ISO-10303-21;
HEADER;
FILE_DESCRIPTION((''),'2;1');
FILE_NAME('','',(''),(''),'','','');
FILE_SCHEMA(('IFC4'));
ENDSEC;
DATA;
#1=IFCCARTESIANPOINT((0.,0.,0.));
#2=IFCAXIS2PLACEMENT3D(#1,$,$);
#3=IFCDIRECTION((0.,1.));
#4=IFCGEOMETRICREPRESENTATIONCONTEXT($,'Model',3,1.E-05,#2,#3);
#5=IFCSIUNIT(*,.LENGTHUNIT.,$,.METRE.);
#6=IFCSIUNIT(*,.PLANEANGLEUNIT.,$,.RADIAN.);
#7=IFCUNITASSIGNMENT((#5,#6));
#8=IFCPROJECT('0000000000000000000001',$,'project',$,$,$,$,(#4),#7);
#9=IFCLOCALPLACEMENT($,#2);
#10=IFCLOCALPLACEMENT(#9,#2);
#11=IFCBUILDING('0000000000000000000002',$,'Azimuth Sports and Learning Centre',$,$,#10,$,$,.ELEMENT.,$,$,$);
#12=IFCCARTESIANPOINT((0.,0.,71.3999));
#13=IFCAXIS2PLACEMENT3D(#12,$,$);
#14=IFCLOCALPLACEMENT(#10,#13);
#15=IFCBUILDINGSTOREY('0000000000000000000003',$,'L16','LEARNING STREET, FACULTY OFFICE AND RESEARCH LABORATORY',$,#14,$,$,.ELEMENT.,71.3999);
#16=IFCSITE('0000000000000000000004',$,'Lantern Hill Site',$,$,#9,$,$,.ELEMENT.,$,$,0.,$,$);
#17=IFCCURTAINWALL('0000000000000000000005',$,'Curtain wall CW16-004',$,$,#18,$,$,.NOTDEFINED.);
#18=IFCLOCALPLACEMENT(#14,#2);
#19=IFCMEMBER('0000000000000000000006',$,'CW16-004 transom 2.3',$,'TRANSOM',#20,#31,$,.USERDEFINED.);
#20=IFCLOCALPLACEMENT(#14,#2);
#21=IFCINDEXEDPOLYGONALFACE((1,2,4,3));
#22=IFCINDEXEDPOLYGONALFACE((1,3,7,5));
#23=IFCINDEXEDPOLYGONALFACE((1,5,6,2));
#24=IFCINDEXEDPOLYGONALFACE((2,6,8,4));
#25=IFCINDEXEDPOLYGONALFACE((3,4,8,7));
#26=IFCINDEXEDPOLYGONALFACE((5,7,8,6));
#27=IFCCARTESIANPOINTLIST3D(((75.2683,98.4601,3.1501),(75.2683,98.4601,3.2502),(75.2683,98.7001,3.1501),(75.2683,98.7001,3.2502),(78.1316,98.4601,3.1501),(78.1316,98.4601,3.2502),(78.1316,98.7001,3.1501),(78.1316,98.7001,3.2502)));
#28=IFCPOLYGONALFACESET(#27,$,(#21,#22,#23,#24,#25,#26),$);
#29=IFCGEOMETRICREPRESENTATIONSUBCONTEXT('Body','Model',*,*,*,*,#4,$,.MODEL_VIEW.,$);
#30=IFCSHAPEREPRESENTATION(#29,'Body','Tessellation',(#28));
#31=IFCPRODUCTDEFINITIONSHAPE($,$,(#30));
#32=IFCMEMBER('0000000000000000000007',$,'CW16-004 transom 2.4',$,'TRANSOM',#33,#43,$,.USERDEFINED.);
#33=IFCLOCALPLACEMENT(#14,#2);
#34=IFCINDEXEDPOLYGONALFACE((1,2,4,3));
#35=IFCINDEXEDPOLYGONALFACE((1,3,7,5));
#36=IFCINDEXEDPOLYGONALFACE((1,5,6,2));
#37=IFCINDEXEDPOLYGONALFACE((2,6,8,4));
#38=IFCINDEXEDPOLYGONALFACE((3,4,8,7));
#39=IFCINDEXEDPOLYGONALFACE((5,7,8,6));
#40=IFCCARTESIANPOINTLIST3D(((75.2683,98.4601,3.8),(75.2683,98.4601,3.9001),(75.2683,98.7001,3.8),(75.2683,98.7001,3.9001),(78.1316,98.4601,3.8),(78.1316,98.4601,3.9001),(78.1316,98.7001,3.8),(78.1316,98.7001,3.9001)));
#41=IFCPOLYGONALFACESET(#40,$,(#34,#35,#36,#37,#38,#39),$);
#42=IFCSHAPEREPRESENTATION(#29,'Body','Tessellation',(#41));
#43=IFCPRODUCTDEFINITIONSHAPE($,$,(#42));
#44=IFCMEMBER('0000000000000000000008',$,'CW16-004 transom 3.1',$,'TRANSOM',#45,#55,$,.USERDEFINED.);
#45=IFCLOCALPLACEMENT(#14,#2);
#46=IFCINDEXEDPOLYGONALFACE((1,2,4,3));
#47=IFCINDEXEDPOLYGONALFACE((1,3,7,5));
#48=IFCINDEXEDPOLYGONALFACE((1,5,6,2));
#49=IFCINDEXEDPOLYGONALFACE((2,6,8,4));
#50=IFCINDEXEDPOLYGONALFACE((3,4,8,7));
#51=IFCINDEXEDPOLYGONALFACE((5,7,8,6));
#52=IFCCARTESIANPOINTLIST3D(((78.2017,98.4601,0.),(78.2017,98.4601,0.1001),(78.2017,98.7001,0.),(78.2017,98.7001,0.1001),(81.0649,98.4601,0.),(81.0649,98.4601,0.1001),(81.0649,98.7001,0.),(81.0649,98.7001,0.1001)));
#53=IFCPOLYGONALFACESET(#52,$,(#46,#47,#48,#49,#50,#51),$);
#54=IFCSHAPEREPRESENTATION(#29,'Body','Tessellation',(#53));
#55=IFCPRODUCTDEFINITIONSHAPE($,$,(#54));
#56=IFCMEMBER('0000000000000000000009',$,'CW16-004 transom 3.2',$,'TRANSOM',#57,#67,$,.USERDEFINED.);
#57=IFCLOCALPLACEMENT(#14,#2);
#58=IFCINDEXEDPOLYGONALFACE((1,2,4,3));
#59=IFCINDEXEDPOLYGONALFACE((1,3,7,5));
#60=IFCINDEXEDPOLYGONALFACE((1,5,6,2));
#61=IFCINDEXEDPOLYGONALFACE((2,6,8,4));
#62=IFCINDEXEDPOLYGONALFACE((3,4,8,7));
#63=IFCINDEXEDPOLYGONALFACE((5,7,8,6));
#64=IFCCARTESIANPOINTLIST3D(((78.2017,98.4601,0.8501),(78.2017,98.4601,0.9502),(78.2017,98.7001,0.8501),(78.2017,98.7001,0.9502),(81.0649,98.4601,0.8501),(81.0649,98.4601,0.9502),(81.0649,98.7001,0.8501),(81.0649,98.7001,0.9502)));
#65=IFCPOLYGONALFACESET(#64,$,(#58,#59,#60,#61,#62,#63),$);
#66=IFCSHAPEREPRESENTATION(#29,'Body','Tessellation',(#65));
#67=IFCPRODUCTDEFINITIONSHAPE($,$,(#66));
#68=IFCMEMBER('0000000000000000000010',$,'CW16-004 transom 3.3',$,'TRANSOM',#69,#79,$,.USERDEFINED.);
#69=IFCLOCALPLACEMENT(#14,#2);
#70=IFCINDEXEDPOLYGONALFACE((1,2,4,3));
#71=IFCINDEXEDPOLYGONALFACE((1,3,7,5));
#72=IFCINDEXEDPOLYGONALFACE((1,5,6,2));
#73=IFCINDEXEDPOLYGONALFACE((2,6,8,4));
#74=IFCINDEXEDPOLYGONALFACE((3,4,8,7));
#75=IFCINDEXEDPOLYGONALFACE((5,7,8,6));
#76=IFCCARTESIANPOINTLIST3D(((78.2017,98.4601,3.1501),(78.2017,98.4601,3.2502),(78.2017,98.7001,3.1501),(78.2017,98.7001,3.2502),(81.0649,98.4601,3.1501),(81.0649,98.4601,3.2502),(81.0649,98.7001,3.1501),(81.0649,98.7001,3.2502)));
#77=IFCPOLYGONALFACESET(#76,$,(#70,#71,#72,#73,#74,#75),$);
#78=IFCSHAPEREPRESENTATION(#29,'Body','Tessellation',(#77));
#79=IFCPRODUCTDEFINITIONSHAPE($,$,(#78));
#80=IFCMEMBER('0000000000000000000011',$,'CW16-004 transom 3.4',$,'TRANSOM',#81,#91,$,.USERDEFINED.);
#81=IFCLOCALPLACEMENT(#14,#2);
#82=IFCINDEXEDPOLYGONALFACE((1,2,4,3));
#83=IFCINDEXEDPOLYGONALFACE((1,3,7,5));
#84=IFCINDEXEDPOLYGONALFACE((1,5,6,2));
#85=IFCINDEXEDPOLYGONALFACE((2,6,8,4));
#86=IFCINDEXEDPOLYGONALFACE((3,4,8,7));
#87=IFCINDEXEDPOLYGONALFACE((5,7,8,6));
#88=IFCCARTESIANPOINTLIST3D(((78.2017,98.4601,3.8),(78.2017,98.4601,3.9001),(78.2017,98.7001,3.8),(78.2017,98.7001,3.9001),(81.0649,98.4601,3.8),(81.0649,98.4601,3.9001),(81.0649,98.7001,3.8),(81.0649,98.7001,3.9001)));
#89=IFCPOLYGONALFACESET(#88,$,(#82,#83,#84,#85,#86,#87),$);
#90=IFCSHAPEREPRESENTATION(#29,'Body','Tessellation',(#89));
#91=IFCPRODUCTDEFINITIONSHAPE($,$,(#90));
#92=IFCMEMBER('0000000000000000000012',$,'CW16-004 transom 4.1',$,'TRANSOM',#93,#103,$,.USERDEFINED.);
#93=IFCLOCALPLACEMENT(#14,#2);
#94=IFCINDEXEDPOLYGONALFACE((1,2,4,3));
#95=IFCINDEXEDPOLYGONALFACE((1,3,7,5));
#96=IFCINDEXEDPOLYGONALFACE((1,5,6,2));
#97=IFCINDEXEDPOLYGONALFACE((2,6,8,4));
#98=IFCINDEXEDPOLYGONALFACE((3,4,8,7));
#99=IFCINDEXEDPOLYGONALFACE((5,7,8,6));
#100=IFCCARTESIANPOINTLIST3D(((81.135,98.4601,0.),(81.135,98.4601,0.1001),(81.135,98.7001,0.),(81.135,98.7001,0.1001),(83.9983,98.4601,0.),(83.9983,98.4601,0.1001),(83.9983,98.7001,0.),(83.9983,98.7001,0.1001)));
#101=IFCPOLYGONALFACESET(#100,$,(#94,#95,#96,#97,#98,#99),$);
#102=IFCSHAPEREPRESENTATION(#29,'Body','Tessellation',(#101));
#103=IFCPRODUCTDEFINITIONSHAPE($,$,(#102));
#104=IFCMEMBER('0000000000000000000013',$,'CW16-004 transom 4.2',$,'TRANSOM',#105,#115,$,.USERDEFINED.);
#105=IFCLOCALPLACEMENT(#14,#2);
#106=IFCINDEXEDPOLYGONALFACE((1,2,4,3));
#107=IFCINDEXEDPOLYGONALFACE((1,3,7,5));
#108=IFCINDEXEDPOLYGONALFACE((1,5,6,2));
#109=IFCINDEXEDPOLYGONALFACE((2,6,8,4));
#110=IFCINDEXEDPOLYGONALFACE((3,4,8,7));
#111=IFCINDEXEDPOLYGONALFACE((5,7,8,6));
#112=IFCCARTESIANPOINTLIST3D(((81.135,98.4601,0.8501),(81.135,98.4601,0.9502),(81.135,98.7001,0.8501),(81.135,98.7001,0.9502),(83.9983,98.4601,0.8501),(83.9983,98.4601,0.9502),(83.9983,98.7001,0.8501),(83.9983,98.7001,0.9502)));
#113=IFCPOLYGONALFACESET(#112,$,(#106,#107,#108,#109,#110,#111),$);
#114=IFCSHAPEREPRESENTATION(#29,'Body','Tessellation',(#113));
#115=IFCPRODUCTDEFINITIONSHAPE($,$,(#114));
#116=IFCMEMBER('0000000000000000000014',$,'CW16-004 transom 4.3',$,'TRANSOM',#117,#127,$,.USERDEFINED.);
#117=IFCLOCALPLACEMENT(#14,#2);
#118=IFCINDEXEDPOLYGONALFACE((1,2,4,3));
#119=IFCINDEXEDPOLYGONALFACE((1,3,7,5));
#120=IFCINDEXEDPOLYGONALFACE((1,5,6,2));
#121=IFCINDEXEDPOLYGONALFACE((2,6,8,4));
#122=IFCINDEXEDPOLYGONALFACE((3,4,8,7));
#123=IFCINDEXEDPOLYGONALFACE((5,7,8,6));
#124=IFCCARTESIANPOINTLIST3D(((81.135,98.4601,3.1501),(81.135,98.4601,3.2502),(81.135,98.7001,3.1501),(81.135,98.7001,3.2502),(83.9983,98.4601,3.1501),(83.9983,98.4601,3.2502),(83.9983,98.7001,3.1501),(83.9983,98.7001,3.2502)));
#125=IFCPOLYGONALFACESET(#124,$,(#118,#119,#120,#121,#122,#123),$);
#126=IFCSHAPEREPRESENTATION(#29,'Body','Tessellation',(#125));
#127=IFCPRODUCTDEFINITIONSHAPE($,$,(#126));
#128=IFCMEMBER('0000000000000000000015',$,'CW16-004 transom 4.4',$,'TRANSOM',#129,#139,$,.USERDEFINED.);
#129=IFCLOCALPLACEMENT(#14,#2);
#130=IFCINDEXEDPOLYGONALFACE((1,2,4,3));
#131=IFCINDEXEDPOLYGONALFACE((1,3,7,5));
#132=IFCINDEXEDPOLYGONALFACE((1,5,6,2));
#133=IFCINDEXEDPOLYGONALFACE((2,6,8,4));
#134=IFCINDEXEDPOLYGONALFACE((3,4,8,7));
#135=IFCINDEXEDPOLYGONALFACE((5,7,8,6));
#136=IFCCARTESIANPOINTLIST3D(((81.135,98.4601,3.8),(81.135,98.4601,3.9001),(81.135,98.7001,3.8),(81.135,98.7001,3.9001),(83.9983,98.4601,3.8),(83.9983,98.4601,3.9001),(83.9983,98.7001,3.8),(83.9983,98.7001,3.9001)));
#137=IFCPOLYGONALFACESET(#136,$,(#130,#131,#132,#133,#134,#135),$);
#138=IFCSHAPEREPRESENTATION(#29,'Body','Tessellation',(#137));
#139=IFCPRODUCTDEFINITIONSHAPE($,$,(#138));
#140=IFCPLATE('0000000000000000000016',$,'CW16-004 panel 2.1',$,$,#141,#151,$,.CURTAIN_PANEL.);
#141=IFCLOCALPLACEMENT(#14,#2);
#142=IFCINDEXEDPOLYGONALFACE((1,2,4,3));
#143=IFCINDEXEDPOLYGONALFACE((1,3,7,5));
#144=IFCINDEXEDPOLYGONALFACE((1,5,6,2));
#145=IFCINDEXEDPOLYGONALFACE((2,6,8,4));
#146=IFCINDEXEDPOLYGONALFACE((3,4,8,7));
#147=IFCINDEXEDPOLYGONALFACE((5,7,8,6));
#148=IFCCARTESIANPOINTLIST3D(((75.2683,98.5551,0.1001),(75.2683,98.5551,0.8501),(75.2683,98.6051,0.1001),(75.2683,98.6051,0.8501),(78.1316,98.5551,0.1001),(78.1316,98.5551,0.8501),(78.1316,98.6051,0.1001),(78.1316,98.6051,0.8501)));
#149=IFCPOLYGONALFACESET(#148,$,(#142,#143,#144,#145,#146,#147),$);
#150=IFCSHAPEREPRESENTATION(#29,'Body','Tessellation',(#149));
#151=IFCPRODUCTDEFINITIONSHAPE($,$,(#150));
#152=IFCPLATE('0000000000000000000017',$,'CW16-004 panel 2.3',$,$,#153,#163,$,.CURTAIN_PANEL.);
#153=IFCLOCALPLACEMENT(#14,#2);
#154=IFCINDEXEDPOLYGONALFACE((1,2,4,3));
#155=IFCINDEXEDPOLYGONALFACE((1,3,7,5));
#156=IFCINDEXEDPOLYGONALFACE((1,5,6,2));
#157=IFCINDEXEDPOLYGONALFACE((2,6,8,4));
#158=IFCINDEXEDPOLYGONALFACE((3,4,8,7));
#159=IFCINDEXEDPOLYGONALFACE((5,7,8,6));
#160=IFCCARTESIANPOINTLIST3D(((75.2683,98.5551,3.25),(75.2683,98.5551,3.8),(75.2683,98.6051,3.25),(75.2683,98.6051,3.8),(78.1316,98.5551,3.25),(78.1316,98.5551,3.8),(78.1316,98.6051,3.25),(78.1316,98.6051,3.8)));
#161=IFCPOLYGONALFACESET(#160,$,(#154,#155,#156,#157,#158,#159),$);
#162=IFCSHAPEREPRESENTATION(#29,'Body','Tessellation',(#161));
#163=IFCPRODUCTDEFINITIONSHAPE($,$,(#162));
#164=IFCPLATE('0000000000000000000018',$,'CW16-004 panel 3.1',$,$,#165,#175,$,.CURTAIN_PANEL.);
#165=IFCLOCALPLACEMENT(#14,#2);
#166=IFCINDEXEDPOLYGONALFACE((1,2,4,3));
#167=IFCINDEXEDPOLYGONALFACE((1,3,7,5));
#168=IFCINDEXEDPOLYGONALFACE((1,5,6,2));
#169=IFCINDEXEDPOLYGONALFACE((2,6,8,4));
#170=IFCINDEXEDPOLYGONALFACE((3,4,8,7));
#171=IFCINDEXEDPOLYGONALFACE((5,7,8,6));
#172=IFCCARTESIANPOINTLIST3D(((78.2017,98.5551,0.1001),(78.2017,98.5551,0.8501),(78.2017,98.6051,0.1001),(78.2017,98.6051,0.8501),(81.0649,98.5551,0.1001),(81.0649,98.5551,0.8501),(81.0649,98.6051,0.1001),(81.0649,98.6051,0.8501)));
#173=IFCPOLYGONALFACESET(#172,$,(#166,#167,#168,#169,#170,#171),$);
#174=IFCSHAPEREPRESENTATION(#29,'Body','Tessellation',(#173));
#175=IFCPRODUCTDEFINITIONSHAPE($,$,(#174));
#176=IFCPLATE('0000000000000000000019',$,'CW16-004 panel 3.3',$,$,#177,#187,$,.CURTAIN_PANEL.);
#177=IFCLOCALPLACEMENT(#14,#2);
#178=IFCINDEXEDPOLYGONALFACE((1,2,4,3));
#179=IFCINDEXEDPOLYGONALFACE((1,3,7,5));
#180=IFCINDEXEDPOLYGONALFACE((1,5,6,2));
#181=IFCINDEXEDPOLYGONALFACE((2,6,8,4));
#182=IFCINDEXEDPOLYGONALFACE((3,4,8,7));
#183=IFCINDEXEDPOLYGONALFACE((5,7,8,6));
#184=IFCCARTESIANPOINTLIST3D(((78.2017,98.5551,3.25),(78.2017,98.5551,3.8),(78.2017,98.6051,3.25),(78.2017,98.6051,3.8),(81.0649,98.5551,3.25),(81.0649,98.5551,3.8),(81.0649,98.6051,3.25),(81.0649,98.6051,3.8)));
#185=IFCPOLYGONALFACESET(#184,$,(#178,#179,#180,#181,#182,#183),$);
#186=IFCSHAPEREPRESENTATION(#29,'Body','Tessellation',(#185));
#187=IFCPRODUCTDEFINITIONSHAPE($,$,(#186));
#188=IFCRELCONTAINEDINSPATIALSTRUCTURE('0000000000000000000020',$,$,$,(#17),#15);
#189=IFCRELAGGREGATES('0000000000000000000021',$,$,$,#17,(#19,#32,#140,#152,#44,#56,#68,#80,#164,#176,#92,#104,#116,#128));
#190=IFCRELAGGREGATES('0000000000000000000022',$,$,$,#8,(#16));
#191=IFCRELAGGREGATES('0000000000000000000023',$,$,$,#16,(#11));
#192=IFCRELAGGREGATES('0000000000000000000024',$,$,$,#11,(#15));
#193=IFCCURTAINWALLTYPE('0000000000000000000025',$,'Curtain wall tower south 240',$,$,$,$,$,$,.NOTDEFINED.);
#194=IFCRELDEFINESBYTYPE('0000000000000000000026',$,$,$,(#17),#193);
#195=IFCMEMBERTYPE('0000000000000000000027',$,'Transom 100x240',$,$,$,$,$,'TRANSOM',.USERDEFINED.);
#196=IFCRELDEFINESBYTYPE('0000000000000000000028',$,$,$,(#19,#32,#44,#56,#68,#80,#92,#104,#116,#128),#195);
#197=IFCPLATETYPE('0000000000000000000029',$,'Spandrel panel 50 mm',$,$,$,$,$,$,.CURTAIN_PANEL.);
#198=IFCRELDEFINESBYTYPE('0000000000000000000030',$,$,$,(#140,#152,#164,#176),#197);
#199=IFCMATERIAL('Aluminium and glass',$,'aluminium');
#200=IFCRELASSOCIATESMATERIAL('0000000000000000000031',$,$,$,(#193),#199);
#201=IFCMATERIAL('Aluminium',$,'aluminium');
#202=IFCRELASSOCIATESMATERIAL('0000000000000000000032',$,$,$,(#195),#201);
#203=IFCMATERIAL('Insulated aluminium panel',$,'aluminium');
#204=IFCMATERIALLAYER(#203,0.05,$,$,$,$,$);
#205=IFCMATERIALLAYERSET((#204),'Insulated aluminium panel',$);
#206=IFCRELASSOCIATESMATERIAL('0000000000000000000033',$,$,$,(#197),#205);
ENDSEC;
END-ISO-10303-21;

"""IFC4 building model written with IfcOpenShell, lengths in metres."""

from ifc_helpers import new_model, si_unit, direction, frame, origin, origin_2d, place, context, subcontext, project, spatial, rectangle, extrude, material, layer, layer_set, material_profile, profile_set, type_object, element, aggregate, save


model = new_model("IFC4")

# Units and contexts
model_context = context("Model", 3, precision=1e-05, world=origin(), true_north=direction((0.0, 1.0)))
body_context = subcontext(model_context, "Body", "Model", "MODEL_VIEW")
ifc_project = project(units=[si_unit("LENGTHUNIT", "METRE"), si_unit("PLANEANGLEUNIT", "RADIAN")], contexts=[model_context])

# Site, building, storey
site_placement = place(None, origin())
site = spatial("IfcSite", under=ifc_project, at=site_placement, Name="Lantern Hill Site", CompositionType="ELEMENT", RefElevation=0.0)
building_placement = place(site_placement, origin())
building = spatial("IfcBuilding", under=site, at=building_placement, Name="Azimuth Sports and Learning Centre", CompositionType="ELEMENT")
storey_placement = place(building_placement, frame((0.0, 0.0, 71.3999)))
storey = spatial("IfcBuildingStorey", under=building, at=storey_placement, Name="L16", Description="LEARNING STREET, FACULTY OFFICE AND RESEARCH LABORATORY", CompositionType="ELEMENT", Elevation=71.3999)

# Curtain wall, members, plates
ifc_material_1 = material(Name="Aluminium and glass", Category="aluminium")
curtain_wall_type = type_object("IfcCurtainWallType", Name="Curtain wall tower south 240", PredefinedType="NOTDEFINED", material=ifc_material_1)
curtain_wall_placement = place(storey_placement, origin())
curtain_wall = element("IfcCurtainWall", 1, at=curtain_wall_placement, inside=storey, type_object=curtain_wall_type, Name="Curtain wall CW16-004", PredefinedType="NOTDEFINED")
ifc_material_2 = material(Name="Aluminium", Category="aluminium")
ifc_material_profile_1 = material_profile(ifc_material_2, rectangle(XDim=0.24, YDim=0.1001, at=origin_2d()), Name="Transom 100x240")
ifc_profile_set_1 = profile_set([ifc_material_profile_1], Name="Aluminium")
member_type_1 = type_object("IfcMemberType", Name="Transom 100x240", ElementType="TRANSOM", PredefinedType="USERDEFINED", material=ifc_profile_set_1)
member_1_placement = place(storey_placement, frame((75.2683, 98.5801, 3.2002), z_axis=(1.0, 0.0, 0.0), x_axis=(0.0, 1.0, 0.0)))
member_1 = element("IfcMember", 2, at=member_1_placement, type_object=member_type_1, Name="CW16-004 transom 2.3", ObjectType="TRANSOM", PredefinedType="USERDEFINED", context=body_context, shape_type="SweptSolid", body=[
    extrude(rectangle(XDim=0.24, YDim=0.1001, at=origin_2d()), origin(), (0.0, 0.0, 1.0), 2.8633),
])
member_2_placement = place(storey_placement, frame((75.2683, 98.5801, 3.8501), z_axis=(1.0, 0.0, 0.0), x_axis=(0.0, 1.0, 0.0)))
member_2 = element("IfcMember", 3, at=member_2_placement, type_object=member_type_1, Name="CW16-004 transom 2.4", ObjectType="TRANSOM", PredefinedType="USERDEFINED", context=body_context, shape_type="SweptSolid", body=[
    extrude(rectangle(XDim=0.24, YDim=0.1001, at=origin_2d()), origin(), (0.0, 0.0, 1.0), 2.8633),
])
member_3_placement = place(storey_placement, frame((78.2017, 98.5801, 0.05), z_axis=(1.0, 0.0, 0.0), x_axis=(0.0, 1.0, 0.0)))
member_3 = element("IfcMember", 4, at=member_3_placement, type_object=member_type_1, Name="CW16-004 transom 3.1", ObjectType="TRANSOM", PredefinedType="USERDEFINED", context=body_context, shape_type="SweptSolid", body=[
    extrude(rectangle(XDim=0.24, YDim=0.1001, at=origin_2d()), origin(), (0.0, 0.0, 1.0), 2.8633),
])
member_4_placement = place(storey_placement, frame((78.2017, 98.5801, 0.9001), z_axis=(1.0, 0.0, 0.0), x_axis=(0.0, 1.0, 0.0)))
member_4 = element("IfcMember", 5, at=member_4_placement, type_object=member_type_1, Name="CW16-004 transom 3.2", ObjectType="TRANSOM", PredefinedType="USERDEFINED", context=body_context, shape_type="SweptSolid", body=[
    extrude(rectangle(XDim=0.24, YDim=0.1001, at=origin_2d()), origin(), (0.0, 0.0, 1.0), 2.8633),
])
member_5_placement = place(storey_placement, frame((78.2017, 98.5801, 3.2002), z_axis=(1.0, 0.0, 0.0), x_axis=(0.0, 1.0, 0.0)))
member_5 = element("IfcMember", 6, at=member_5_placement, type_object=member_type_1, Name="CW16-004 transom 3.3", ObjectType="TRANSOM", PredefinedType="USERDEFINED", context=body_context, shape_type="SweptSolid", body=[
    extrude(rectangle(XDim=0.24, YDim=0.1001, at=origin_2d()), origin(), (0.0, 0.0, 1.0), 2.8633),
])
member_6_placement = place(storey_placement, frame((78.2017, 98.5801, 3.8501), z_axis=(1.0, 0.0, 0.0), x_axis=(0.0, 1.0, 0.0)))
member_6 = element("IfcMember", 7, at=member_6_placement, type_object=member_type_1, Name="CW16-004 transom 3.4", ObjectType="TRANSOM", PredefinedType="USERDEFINED", context=body_context, shape_type="SweptSolid", body=[
    extrude(rectangle(XDim=0.24, YDim=0.1001, at=origin_2d()), origin(), (0.0, 0.0, 1.0), 2.8633),
])
member_7_placement = place(storey_placement, frame((81.135, 98.5801, 0.05), z_axis=(1.0, 0.0, 0.0), x_axis=(0.0, 1.0, 0.0)))
member_7 = element("IfcMember", 8, at=member_7_placement, type_object=member_type_1, Name="CW16-004 transom 4.1", ObjectType="TRANSOM", PredefinedType="USERDEFINED", context=body_context, shape_type="SweptSolid", body=[
    extrude(rectangle(XDim=0.24, YDim=0.1001, at=origin_2d()), origin(), (0.0, 0.0, 1.0), 2.8633),
])
member_8_placement = place(storey_placement, frame((81.135, 98.5801, 0.9001), z_axis=(1.0, 0.0, 0.0), x_axis=(0.0, 1.0, 0.0)))
member_8 = element("IfcMember", 9, at=member_8_placement, type_object=member_type_1, Name="CW16-004 transom 4.2", ObjectType="TRANSOM", PredefinedType="USERDEFINED", context=body_context, shape_type="SweptSolid", body=[
    extrude(rectangle(XDim=0.24, YDim=0.1001, at=origin_2d()), origin(), (0.0, 0.0, 1.0), 2.8633),
])
member_9_placement = place(storey_placement, frame((81.135, 98.5801, 3.2002), z_axis=(1.0, 0.0, 0.0), x_axis=(0.0, 1.0, 0.0)))
member_9 = element("IfcMember", 10, at=member_9_placement, type_object=member_type_1, Name="CW16-004 transom 4.3", ObjectType="TRANSOM", PredefinedType="USERDEFINED", context=body_context, shape_type="SweptSolid", body=[
    extrude(rectangle(XDim=0.24, YDim=0.1001, at=origin_2d()), origin(), (0.0, 0.0, 1.0), 2.8633),
])
member_10_placement = place(storey_placement, frame((81.135, 98.5801, 3.8501), z_axis=(1.0, 0.0, 0.0), x_axis=(0.0, 1.0, 0.0)))
member_10 = element("IfcMember", 11, at=member_10_placement, type_object=member_type_1, Name="CW16-004 transom 4.4", ObjectType="TRANSOM", PredefinedType="USERDEFINED", context=body_context, shape_type="SweptSolid", body=[
    extrude(rectangle(XDim=0.24, YDim=0.1001, at=origin_2d()), origin(), (0.0, 0.0, 1.0), 2.8633),
])
ifc_material_3 = material(Name="Insulated aluminium panel", Category="aluminium")
ifc_layer_1 = layer(ifc_material_3, 0.05)
ifc_layer_set_1 = layer_set([ifc_layer_1], Name="Insulated aluminium panel")
plate_type_1 = type_object("IfcPlateType", Name="Spandrel panel 50 mm", PredefinedType="CURTAIN_PANEL", material=ifc_layer_set_1)
plate_1_placement = place(storey_placement, frame((76.7, 98.5801, 0.1001), z_axis=(0.0, 0.0, 1.0), x_axis=(1.0, 0.0, 0.0)))
plate_1 = element("IfcPlate", 12, at=plate_1_placement, type_object=plate_type_1, Name="CW16-004 panel 2.1", PredefinedType="CURTAIN_PANEL", context=body_context, shape_type="SweptSolid", body=[
    extrude(rectangle(XDim=2.8633, YDim=0.05, at=origin_2d()), origin(), (0.0, 0.0, 1.0), 0.75),
])
plate_2_placement = place(storey_placement, frame((76.7, 98.5801, 3.25), z_axis=(0.0, 0.0, 1.0), x_axis=(1.0, 0.0, 0.0)))
plate_2 = element("IfcPlate", 13, at=plate_2_placement, type_object=plate_type_1, Name="CW16-004 panel 2.3", PredefinedType="CURTAIN_PANEL", context=body_context, shape_type="SweptSolid", body=[
    extrude(rectangle(XDim=2.8633, YDim=0.05, at=origin_2d()), origin(), (0.0, 0.0, 1.0), 0.55),
])
plate_3_placement = place(storey_placement, frame((79.6333, 98.5801, 0.1001), z_axis=(0.0, 0.0, 1.0), x_axis=(1.0, 0.0, 0.0)))
plate_3 = element("IfcPlate", 14, at=plate_3_placement, type_object=plate_type_1, Name="CW16-004 panel 3.1", PredefinedType="CURTAIN_PANEL", context=body_context, shape_type="SweptSolid", body=[
    extrude(rectangle(XDim=2.8633, YDim=0.05, at=origin_2d()), origin(), (0.0, 0.0, 1.0), 0.75),
])
plate_4_placement = place(storey_placement, frame((79.6333, 98.5801, 3.25), z_axis=(0.0, 0.0, 1.0), x_axis=(1.0, 0.0, 0.0)))
plate_4 = element("IfcPlate", 15, at=plate_4_placement, type_object=plate_type_1, Name="CW16-004 panel 3.3", PredefinedType="CURTAIN_PANEL", context=body_context, shape_type="SweptSolid", body=[
    extrude(rectangle(XDim=2.8633, YDim=0.05, at=origin_2d()), origin(), (0.0, 0.0, 1.0), 0.55),
])
aggregate(curtain_wall, [member_1, member_2, plate_1, plate_2, member_3, member_4, member_5, member_6, plate_3, plate_4, member_7, member_8, member_9, member_10])

save(model, "model.ifc")
